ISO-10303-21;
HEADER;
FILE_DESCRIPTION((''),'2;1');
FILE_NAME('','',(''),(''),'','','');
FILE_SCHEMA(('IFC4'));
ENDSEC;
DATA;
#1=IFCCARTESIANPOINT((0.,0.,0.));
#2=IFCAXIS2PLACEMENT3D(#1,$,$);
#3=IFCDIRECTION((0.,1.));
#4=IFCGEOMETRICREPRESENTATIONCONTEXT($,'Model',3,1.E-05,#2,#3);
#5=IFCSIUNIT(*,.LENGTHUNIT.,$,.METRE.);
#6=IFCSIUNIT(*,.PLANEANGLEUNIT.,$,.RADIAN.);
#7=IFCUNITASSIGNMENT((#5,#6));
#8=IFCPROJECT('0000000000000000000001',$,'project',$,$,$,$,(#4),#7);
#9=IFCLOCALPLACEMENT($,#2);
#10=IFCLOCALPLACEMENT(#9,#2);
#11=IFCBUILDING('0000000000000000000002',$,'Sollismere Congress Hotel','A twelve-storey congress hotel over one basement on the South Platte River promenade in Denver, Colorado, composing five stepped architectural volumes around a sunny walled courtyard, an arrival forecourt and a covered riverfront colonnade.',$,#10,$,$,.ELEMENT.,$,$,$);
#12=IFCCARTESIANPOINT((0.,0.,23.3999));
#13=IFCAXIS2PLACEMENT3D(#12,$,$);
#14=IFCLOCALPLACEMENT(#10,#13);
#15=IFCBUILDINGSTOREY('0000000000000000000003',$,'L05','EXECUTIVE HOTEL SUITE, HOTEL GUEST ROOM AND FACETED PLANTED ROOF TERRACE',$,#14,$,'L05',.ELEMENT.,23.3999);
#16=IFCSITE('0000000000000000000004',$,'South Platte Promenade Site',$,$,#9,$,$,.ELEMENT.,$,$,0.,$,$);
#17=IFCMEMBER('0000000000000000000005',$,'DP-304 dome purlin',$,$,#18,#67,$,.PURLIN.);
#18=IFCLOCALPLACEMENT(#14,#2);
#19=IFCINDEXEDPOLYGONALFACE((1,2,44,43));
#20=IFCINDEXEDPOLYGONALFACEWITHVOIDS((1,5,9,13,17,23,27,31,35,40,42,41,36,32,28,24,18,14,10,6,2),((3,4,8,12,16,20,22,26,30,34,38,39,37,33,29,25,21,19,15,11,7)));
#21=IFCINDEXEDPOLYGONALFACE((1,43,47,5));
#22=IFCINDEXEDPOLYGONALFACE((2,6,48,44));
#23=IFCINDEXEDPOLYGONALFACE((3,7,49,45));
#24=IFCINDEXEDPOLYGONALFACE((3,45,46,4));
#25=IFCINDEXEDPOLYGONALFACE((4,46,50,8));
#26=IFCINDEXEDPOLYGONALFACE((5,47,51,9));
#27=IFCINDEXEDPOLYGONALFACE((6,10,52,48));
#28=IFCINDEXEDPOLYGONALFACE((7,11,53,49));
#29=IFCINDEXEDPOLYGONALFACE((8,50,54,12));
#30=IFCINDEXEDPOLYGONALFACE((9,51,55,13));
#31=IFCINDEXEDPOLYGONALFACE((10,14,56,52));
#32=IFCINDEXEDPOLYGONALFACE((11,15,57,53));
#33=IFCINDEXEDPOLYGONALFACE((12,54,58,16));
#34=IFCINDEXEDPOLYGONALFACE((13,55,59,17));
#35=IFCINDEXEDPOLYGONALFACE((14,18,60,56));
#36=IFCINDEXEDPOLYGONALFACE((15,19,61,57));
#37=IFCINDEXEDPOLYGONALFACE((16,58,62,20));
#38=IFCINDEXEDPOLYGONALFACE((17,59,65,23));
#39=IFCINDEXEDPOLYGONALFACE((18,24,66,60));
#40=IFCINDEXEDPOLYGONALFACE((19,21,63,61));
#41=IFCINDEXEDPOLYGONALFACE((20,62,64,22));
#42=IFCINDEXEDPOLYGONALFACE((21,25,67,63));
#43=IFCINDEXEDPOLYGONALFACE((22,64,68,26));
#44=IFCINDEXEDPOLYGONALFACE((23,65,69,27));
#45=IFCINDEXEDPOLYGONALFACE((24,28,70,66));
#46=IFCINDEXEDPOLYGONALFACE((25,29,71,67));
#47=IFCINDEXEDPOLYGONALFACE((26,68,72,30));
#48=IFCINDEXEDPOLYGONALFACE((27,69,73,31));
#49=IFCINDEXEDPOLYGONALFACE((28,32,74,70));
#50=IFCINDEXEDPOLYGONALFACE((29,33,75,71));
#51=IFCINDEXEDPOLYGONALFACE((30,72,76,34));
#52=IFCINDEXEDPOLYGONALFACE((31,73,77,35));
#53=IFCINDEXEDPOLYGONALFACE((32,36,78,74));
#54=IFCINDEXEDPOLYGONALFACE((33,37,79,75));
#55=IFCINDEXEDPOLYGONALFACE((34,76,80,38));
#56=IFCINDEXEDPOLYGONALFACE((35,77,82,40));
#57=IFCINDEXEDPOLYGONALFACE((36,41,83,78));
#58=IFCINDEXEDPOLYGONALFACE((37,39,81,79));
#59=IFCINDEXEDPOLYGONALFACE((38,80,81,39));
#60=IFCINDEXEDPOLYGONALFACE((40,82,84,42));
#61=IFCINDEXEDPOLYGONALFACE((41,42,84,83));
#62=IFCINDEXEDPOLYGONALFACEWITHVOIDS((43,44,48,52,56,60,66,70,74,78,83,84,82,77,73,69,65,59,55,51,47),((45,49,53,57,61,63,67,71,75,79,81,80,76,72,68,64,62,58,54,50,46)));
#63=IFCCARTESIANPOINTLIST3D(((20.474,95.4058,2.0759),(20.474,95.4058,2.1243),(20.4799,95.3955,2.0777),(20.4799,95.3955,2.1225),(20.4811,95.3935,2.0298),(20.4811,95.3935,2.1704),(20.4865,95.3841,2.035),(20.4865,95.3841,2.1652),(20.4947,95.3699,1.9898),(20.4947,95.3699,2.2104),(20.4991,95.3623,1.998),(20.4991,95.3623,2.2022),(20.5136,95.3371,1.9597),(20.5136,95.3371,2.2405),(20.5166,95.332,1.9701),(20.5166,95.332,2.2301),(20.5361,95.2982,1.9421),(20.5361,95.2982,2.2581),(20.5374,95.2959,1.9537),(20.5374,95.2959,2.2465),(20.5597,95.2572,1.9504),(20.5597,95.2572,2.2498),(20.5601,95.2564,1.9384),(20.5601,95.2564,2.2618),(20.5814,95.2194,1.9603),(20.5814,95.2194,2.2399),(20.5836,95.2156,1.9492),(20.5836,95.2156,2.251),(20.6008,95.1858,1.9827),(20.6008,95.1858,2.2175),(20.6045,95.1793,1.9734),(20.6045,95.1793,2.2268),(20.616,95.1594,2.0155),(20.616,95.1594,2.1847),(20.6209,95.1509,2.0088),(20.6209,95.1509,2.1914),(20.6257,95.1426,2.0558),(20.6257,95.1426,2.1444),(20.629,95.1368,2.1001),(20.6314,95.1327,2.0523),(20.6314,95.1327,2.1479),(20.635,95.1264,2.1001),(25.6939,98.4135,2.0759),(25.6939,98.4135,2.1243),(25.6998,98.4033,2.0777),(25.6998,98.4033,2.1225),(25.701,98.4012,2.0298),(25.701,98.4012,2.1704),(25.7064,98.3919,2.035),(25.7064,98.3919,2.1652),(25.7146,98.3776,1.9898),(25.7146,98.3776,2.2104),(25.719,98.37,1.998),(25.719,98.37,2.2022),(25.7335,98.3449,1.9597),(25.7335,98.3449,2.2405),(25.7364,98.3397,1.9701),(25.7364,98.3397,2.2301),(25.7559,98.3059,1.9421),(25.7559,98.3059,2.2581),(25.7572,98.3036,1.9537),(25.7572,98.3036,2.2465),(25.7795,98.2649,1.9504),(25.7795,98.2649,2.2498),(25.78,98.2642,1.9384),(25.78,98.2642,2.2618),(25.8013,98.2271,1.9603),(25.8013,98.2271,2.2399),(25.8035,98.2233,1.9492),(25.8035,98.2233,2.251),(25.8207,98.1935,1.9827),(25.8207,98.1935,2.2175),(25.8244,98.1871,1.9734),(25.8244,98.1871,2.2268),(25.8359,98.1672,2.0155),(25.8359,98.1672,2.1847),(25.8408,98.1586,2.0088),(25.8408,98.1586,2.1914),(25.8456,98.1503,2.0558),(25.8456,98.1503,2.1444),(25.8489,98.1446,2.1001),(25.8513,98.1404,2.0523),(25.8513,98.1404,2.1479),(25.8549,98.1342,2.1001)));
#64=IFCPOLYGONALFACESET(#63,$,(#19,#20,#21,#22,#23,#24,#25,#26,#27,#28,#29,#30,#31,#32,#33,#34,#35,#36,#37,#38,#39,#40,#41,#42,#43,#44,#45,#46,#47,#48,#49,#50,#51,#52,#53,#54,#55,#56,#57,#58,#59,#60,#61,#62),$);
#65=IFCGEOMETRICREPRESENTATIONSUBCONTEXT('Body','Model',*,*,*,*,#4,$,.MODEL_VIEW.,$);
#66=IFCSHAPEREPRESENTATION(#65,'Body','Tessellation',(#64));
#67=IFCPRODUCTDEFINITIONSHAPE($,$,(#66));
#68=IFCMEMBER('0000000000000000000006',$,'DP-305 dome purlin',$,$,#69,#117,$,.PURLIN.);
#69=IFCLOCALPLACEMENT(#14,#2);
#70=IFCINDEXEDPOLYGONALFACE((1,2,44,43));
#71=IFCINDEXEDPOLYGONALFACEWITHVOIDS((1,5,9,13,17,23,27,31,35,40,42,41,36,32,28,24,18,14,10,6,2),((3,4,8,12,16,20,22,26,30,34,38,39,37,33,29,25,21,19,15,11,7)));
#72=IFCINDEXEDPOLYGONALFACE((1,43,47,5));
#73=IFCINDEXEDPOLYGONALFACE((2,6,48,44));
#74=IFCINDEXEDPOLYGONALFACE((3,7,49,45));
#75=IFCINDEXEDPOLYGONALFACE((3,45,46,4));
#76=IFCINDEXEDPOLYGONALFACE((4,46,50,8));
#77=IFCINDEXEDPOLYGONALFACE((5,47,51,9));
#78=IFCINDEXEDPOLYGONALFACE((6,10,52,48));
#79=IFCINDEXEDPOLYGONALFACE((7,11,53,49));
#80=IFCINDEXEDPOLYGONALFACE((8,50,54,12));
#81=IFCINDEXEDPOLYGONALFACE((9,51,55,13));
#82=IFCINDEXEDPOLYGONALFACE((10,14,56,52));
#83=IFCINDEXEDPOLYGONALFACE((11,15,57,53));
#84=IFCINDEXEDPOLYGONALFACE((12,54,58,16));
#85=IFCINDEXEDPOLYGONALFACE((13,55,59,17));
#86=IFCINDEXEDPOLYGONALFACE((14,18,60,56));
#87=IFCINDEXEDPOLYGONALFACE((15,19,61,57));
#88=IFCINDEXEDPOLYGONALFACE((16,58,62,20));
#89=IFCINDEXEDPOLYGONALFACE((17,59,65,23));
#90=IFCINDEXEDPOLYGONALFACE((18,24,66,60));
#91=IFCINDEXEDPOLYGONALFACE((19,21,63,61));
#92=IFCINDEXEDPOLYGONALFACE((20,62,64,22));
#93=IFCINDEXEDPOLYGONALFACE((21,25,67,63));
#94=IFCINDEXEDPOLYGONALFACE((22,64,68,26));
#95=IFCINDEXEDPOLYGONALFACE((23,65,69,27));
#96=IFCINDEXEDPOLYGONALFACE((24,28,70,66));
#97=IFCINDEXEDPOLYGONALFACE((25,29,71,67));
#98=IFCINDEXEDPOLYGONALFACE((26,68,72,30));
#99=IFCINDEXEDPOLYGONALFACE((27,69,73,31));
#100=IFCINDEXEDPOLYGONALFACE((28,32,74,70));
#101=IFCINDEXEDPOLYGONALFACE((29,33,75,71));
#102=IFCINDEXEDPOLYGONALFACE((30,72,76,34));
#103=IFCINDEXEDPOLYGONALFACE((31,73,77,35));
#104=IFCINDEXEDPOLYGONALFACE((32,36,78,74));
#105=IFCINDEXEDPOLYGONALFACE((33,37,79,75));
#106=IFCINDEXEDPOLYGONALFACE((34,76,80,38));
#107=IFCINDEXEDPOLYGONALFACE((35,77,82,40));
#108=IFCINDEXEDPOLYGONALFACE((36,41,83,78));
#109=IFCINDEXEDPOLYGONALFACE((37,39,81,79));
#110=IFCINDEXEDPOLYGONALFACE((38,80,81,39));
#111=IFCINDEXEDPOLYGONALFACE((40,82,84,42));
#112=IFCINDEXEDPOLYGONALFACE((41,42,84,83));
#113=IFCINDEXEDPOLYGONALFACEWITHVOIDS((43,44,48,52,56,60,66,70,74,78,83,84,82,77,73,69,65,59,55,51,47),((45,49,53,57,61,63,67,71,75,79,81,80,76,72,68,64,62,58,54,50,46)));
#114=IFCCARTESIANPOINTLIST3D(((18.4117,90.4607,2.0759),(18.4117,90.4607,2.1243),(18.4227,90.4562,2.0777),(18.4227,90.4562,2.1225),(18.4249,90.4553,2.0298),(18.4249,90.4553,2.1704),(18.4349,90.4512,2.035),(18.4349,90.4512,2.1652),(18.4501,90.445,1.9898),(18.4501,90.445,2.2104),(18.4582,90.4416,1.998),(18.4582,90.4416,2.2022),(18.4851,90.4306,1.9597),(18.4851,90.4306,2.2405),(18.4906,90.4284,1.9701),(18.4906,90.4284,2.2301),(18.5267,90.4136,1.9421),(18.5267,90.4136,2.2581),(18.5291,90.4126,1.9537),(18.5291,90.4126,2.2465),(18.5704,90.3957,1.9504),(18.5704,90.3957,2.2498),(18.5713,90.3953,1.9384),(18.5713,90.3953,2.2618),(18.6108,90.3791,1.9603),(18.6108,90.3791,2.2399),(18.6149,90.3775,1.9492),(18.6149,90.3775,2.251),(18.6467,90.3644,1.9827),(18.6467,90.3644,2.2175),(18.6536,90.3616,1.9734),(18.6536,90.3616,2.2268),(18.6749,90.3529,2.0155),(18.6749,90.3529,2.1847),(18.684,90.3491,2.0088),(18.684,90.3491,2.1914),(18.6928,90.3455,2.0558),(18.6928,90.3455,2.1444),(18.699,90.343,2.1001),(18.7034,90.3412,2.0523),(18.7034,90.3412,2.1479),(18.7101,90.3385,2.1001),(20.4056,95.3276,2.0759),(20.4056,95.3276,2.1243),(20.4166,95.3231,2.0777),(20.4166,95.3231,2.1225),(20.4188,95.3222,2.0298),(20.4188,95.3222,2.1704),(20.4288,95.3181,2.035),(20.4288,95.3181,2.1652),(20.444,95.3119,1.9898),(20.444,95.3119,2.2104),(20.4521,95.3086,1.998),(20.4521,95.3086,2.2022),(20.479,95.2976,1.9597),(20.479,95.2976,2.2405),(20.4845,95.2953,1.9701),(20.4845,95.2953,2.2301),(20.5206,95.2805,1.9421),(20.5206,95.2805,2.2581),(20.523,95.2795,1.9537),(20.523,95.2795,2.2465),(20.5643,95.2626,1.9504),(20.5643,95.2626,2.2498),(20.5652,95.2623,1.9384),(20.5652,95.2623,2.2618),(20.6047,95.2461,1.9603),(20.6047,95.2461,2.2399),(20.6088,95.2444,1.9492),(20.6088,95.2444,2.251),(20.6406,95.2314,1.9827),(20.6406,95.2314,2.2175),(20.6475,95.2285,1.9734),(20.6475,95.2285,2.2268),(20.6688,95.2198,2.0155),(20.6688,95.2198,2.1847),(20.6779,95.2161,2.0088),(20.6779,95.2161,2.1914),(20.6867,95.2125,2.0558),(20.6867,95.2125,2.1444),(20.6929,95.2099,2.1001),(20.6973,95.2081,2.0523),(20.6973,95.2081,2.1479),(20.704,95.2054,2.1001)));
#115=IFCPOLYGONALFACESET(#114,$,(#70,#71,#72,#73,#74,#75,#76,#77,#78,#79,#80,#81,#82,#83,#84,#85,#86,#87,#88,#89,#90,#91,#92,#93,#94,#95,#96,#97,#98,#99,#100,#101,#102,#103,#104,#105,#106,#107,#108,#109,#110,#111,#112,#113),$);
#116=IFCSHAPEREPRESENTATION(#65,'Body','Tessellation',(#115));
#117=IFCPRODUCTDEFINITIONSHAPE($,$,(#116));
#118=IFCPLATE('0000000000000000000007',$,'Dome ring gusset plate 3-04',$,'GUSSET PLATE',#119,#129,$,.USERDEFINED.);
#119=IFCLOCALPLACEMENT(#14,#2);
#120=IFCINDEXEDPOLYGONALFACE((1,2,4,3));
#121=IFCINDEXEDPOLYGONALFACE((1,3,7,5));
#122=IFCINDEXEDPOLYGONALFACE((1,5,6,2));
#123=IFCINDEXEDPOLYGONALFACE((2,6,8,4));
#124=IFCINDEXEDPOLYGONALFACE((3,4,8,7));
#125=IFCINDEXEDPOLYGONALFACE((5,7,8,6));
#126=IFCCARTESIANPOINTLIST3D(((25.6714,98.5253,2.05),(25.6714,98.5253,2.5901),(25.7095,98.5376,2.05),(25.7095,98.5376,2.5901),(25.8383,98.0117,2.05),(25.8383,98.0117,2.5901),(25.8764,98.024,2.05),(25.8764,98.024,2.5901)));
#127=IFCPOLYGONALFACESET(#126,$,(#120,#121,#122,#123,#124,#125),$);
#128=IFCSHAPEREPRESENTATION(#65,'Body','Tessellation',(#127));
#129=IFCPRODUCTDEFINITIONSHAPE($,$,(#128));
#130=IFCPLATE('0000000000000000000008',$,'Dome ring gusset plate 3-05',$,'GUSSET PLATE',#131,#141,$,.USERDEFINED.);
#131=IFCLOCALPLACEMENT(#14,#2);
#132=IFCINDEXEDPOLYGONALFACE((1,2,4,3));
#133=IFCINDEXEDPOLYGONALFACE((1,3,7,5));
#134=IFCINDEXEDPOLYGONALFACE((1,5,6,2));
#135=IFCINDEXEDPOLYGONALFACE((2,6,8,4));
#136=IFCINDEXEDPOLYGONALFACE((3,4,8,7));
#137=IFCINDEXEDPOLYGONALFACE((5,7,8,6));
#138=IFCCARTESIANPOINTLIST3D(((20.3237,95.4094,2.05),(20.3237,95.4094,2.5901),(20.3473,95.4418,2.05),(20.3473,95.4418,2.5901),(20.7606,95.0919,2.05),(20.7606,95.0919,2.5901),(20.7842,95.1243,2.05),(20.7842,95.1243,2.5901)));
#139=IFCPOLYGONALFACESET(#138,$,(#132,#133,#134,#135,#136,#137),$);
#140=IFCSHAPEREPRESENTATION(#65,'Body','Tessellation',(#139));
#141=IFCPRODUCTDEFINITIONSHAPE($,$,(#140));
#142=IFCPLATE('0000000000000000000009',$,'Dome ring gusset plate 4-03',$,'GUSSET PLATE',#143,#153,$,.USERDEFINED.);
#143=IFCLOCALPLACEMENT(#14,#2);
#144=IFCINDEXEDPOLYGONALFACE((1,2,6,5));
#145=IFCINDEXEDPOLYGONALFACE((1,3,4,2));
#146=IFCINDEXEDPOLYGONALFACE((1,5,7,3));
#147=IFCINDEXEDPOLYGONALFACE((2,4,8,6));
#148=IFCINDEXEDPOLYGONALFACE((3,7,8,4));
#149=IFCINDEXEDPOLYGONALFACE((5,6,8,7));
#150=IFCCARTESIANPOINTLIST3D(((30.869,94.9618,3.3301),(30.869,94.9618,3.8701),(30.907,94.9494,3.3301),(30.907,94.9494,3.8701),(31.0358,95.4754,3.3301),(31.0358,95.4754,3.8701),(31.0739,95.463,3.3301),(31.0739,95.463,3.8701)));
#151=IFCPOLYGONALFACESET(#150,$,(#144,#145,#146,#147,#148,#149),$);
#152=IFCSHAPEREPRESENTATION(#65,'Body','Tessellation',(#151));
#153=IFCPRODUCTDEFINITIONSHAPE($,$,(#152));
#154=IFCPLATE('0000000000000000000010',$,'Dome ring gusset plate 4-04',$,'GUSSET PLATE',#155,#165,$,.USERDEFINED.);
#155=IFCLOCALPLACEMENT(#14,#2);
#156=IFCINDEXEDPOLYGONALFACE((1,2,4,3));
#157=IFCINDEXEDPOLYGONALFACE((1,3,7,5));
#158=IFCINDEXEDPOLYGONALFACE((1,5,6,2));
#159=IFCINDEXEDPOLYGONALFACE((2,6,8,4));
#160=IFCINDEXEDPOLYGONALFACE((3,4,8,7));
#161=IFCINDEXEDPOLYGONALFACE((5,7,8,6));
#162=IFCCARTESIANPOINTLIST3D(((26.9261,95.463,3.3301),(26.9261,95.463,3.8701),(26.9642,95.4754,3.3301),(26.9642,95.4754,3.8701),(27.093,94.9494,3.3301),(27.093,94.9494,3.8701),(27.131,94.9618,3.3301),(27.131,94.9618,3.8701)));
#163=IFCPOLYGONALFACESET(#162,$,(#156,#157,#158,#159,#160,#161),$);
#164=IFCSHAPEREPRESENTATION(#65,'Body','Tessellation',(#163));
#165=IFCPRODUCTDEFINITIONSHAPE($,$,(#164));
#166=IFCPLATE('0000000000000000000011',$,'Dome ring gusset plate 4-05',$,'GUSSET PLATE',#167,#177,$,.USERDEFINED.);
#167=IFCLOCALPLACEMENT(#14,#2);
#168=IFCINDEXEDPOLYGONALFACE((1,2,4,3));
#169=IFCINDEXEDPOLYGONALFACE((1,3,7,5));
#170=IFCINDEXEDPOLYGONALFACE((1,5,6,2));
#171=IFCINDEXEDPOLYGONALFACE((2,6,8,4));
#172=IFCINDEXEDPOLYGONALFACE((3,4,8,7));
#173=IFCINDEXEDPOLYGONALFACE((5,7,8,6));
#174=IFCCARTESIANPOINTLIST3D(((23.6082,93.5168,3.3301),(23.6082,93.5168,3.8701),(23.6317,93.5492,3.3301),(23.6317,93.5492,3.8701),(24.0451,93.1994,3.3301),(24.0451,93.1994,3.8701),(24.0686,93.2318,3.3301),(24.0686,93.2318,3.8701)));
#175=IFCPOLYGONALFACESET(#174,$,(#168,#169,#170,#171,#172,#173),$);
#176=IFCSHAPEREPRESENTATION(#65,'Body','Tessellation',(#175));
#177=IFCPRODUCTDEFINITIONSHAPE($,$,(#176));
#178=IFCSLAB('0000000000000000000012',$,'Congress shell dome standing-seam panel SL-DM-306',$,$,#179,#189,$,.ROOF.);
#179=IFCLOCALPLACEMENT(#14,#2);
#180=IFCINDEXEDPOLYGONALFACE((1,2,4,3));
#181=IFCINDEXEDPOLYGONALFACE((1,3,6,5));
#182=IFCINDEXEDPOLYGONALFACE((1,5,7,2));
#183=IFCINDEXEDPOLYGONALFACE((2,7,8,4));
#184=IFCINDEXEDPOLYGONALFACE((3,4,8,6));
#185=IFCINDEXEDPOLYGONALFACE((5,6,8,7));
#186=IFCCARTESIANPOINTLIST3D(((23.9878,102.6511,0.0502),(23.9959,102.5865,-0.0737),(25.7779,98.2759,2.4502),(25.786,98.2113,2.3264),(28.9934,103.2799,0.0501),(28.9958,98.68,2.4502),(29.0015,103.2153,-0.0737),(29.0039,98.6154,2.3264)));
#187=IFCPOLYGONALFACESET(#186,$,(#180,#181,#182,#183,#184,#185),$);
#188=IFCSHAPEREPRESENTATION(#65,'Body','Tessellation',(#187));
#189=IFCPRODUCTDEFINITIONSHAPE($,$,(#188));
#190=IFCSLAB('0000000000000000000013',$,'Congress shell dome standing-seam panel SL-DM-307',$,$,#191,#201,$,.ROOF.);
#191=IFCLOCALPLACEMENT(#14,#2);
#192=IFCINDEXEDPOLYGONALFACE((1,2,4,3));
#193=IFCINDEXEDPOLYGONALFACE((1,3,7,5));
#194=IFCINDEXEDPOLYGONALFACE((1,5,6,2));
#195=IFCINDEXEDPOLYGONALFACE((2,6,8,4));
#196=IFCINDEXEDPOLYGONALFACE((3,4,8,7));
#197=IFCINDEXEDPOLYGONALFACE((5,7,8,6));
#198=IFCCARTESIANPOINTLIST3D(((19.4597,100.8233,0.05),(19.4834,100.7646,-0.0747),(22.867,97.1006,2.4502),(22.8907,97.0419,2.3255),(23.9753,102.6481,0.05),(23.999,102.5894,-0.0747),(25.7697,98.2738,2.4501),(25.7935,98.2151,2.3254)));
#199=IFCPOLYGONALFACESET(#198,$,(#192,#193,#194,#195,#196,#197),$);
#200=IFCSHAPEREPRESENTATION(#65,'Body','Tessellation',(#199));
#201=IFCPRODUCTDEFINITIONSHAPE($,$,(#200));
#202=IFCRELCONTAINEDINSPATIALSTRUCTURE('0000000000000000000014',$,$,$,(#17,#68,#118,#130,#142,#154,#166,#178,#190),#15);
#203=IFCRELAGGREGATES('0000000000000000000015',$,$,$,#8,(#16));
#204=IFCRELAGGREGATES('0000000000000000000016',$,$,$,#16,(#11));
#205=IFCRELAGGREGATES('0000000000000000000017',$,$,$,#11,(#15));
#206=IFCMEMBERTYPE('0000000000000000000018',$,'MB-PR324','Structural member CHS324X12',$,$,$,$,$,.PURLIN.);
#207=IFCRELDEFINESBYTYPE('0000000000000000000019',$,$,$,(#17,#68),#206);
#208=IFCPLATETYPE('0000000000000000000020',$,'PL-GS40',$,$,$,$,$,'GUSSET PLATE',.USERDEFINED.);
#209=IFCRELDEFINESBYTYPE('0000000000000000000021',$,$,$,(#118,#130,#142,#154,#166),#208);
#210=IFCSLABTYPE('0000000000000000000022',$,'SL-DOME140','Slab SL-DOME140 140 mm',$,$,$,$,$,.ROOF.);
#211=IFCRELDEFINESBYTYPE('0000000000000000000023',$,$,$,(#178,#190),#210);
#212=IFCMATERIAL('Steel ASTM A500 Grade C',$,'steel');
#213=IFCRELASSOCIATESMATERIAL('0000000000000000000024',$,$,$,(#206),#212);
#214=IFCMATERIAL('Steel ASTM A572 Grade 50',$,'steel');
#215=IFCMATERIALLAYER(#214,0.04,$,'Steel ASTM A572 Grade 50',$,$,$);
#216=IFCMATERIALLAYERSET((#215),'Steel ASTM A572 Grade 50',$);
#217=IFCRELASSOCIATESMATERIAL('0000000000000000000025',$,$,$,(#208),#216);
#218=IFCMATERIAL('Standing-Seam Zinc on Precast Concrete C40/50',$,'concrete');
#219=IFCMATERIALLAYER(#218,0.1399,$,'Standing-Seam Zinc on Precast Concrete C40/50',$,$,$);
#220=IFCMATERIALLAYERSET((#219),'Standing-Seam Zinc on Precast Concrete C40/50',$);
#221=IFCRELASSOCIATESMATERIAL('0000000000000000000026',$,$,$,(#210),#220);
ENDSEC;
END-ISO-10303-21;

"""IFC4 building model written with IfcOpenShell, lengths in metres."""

from ifc_helpers import new_model, si_unit, direction, frame, origin, origin_2d, place, context, subcontext, project, spatial, polyline, rectangle, hollow_circle, outline, extrude, material, layer, layer_set, material_profile, profile_set, type_object, element, save


model = new_model("IFC4")

# Units and contexts
model_context = context("Model", 3, precision=1e-05, world=origin(), true_north=direction((0.0, 1.0)))
body_context = subcontext(model_context, "Body", "Model", "MODEL_VIEW")
ifc_project = project(units=[si_unit("LENGTHUNIT", "METRE"), si_unit("PLANEANGLEUNIT", "RADIAN")], contexts=[model_context])

# Site, building, storey
site_placement = place(None, origin())
site = spatial("IfcSite", under=ifc_project, at=site_placement, Name="South Platte Promenade Site", CompositionType="ELEMENT", RefElevation=0.0)
building_placement = place(site_placement, origin())
building = spatial("IfcBuilding", under=site, at=building_placement, Name="Sollismere Congress Hotel", Description="A twelve-storey congress hotel over one basement on the South Platte River promenade in Denver, Colorado, composing five stepped architectural volumes around a sunny walled courtyard, an arrival forecourt and a covered riverfront colonnade.", CompositionType="ELEMENT")
storey_placement = place(building_placement, frame((0.0, 0.0, 23.3999)))
storey = spatial("IfcBuildingStorey", under=building, at=storey_placement, Name="L05", Description="EXECUTIVE HOTEL SUITE, HOTEL GUEST ROOM AND FACETED PLANTED ROOF TERRACE", LongName="L05", CompositionType="ELEMENT", Elevation=23.3999)

# Members
ifc_material_1 = material(Name="Steel ASTM A500 Grade C", Category="steel")
ifc_material_profile_1 = material_profile(ifc_material_1, hollow_circle(Radius=0.1621, WallThickness=0.012, at=origin_2d()), Name="CHS324X12")
ifc_profile_set_1 = profile_set([ifc_material_profile_1], Name="Steel ASTM A500 Grade C")
member_type_1 = type_object("IfcMemberType", Name="MB-PR324", Description="Structural member CHS324X12", PredefinedType="PURLIN", material=ifc_profile_set_1)
member_1_placement = place(storey_placement, frame((25.7739, 98.2747, 2.1001), z_axis=(-0.866452, -0.49926, 0.0), x_axis=(0.49926, -0.866452, 0.0)))
element("IfcMember", 1, at=member_1_placement, inside=storey, type_object=member_type_1, Name="DP-304 dome purlin", PredefinedType="PURLIN", context=body_context, shape_type="SweptSolid", body=[
    extrude(hollow_circle(Radius=0.1621, WallThickness=0.012, at=origin_2d()), origin(), (0.0, 0.0, 1.0), 6.0244),
])
member_2_placement = place(storey_placement, frame((20.554, 95.2668, 2.1001), z_axis=(-0.379101, -0.925355, 0.0), x_axis=(0.925355, -0.379101, 0.0)))
element("IfcMember", 2, at=member_2_placement, inside=storey, type_object=member_type_1, Name="DP-305 dome purlin", PredefinedType="PURLIN", context=body_context, shape_type="SweptSolid", body=[
    extrude(hollow_circle(Radius=0.1621, WallThickness=0.012, at=origin_2d()), origin(), (0.0, 0.0, 1.0), 5.2595),
])

# Plates
ifc_material_2 = material(Name="Steel ASTM A572 Grade 50", Category="steel")
ifc_layer_1 = layer(ifc_material_2, 0.04, Name="Steel ASTM A572 Grade 50")
ifc_layer_set_1 = layer_set([ifc_layer_1], Name="Steel ASTM A572 Grade 50")
plate_type = type_object("IfcPlateType", Name="PL-GS40", ElementType="GUSSET PLATE", PredefinedType="USERDEFINED", material=ifc_layer_set_1)
for number, where, z_axis, x_axis, name in (
    (3, (25.7739, 98.2747, 2.05), (0.0, 0.0, 1.0), (-0.309017, 0.951057, 0.0), "Dome ring gusset plate 3-04"),
    (4, (20.554, 95.2668, 2.05), (0.0, 0.0, 1.0), (-0.809017, 0.587785, 0.0), "Dome ring gusset plate 3-05"),
    (5, (30.9714, 95.2124, 3.3301), (0.0, 0.0, 1.0), (0.309017, 0.951057, 0.0), "Dome ring gusset plate 4-03"),
    (6, (27.0286, 95.2124, 3.3301), (0.0, 0.0, 1.0), (-0.309017, 0.951057, 0.0), "Dome ring gusset plate 4-04"),
    (7, (23.8384, 93.3743, 3.3301), (0.0, 0.0, 1.0), (-0.809017, 0.587785, 0.0), "Dome ring gusset plate 4-05"),
):
    element("IfcPlate", number, at=place(storey_placement, frame(where, z_axis=z_axis, x_axis=x_axis)), inside=storey, type_object=plate_type, Name=name, ObjectType="GUSSET PLATE", PredefinedType="USERDEFINED", context=body_context, shape_type="SweptSolid", body=[
        extrude(rectangle(XDim=0.54, YDim=0.04, at=origin_2d()), origin(), (0.0, 0.0, 1.0), 0.54),
    ])

# Slabs
ifc_material_3 = material(Name="Standing-Seam Zinc on Precast Concrete C40/50", Category="concrete")
ifc_layer_2 = layer(ifc_material_3, 0.1399, Name="Standing-Seam Zinc on Precast Concrete C40/50")
ifc_layer_set_2 = layer_set([ifc_layer_2], Name="Standing-Seam Zinc on Precast Concrete C40/50")
slab_type = type_object("IfcSlabType", Name="SL-DOME140", Description="Slab SL-DOME140 140 mm", PredefinedType="ROOF", material=ifc_layer_set_2)
slab_1_placement = place(storey_placement, frame((29.0015, 103.2153, -0.0737), z_axis=(-0.058005, 0.46179, 0.885091), x_axis=(-0.9922, -0.124653, 0.000013)))
element("IfcSlab", 8, at=slab_1_placement, inside=storey, type_object=slab_type, Name="Congress shell dome standing-seam panel SL-DM-306", PredefinedType="ROOF", context=body_context, shape_type="SweptSolid", body=[
    extrude(outline(polyline([(0.0, 0.0), (5.0449, 0.0), (3.8142, 5.1567), (0.571, 5.157), (0.0, 0.0)])), origin(), (0.0, 0.0, 1.0), 0.1399),
])
slab_2_placement = place(storey_placement, frame((23.999, 102.5894, -0.0747), z_axis=(-0.169595, 0.419686, 0.891684), x_axis=(-0.927163, -0.374657, -0.000005)))
element("IfcSlab", 9, at=slab_2_placement, inside=storey, type_object=slab_type, Name="Congress shell dome standing-seam panel SL-DM-307", PredefinedType="ROOF", context=body_context, shape_type="SweptSolid", body=[
    extrude(outline(polyline([(0.0, 0.0), (4.8704, 0.0), (3.106, 5.3025), (-0.0249, 5.3022), (0.0, 0.0)])), origin(), (0.0, 0.0, 1.0), 0.1399),
])

save(model, "model.ifc")
